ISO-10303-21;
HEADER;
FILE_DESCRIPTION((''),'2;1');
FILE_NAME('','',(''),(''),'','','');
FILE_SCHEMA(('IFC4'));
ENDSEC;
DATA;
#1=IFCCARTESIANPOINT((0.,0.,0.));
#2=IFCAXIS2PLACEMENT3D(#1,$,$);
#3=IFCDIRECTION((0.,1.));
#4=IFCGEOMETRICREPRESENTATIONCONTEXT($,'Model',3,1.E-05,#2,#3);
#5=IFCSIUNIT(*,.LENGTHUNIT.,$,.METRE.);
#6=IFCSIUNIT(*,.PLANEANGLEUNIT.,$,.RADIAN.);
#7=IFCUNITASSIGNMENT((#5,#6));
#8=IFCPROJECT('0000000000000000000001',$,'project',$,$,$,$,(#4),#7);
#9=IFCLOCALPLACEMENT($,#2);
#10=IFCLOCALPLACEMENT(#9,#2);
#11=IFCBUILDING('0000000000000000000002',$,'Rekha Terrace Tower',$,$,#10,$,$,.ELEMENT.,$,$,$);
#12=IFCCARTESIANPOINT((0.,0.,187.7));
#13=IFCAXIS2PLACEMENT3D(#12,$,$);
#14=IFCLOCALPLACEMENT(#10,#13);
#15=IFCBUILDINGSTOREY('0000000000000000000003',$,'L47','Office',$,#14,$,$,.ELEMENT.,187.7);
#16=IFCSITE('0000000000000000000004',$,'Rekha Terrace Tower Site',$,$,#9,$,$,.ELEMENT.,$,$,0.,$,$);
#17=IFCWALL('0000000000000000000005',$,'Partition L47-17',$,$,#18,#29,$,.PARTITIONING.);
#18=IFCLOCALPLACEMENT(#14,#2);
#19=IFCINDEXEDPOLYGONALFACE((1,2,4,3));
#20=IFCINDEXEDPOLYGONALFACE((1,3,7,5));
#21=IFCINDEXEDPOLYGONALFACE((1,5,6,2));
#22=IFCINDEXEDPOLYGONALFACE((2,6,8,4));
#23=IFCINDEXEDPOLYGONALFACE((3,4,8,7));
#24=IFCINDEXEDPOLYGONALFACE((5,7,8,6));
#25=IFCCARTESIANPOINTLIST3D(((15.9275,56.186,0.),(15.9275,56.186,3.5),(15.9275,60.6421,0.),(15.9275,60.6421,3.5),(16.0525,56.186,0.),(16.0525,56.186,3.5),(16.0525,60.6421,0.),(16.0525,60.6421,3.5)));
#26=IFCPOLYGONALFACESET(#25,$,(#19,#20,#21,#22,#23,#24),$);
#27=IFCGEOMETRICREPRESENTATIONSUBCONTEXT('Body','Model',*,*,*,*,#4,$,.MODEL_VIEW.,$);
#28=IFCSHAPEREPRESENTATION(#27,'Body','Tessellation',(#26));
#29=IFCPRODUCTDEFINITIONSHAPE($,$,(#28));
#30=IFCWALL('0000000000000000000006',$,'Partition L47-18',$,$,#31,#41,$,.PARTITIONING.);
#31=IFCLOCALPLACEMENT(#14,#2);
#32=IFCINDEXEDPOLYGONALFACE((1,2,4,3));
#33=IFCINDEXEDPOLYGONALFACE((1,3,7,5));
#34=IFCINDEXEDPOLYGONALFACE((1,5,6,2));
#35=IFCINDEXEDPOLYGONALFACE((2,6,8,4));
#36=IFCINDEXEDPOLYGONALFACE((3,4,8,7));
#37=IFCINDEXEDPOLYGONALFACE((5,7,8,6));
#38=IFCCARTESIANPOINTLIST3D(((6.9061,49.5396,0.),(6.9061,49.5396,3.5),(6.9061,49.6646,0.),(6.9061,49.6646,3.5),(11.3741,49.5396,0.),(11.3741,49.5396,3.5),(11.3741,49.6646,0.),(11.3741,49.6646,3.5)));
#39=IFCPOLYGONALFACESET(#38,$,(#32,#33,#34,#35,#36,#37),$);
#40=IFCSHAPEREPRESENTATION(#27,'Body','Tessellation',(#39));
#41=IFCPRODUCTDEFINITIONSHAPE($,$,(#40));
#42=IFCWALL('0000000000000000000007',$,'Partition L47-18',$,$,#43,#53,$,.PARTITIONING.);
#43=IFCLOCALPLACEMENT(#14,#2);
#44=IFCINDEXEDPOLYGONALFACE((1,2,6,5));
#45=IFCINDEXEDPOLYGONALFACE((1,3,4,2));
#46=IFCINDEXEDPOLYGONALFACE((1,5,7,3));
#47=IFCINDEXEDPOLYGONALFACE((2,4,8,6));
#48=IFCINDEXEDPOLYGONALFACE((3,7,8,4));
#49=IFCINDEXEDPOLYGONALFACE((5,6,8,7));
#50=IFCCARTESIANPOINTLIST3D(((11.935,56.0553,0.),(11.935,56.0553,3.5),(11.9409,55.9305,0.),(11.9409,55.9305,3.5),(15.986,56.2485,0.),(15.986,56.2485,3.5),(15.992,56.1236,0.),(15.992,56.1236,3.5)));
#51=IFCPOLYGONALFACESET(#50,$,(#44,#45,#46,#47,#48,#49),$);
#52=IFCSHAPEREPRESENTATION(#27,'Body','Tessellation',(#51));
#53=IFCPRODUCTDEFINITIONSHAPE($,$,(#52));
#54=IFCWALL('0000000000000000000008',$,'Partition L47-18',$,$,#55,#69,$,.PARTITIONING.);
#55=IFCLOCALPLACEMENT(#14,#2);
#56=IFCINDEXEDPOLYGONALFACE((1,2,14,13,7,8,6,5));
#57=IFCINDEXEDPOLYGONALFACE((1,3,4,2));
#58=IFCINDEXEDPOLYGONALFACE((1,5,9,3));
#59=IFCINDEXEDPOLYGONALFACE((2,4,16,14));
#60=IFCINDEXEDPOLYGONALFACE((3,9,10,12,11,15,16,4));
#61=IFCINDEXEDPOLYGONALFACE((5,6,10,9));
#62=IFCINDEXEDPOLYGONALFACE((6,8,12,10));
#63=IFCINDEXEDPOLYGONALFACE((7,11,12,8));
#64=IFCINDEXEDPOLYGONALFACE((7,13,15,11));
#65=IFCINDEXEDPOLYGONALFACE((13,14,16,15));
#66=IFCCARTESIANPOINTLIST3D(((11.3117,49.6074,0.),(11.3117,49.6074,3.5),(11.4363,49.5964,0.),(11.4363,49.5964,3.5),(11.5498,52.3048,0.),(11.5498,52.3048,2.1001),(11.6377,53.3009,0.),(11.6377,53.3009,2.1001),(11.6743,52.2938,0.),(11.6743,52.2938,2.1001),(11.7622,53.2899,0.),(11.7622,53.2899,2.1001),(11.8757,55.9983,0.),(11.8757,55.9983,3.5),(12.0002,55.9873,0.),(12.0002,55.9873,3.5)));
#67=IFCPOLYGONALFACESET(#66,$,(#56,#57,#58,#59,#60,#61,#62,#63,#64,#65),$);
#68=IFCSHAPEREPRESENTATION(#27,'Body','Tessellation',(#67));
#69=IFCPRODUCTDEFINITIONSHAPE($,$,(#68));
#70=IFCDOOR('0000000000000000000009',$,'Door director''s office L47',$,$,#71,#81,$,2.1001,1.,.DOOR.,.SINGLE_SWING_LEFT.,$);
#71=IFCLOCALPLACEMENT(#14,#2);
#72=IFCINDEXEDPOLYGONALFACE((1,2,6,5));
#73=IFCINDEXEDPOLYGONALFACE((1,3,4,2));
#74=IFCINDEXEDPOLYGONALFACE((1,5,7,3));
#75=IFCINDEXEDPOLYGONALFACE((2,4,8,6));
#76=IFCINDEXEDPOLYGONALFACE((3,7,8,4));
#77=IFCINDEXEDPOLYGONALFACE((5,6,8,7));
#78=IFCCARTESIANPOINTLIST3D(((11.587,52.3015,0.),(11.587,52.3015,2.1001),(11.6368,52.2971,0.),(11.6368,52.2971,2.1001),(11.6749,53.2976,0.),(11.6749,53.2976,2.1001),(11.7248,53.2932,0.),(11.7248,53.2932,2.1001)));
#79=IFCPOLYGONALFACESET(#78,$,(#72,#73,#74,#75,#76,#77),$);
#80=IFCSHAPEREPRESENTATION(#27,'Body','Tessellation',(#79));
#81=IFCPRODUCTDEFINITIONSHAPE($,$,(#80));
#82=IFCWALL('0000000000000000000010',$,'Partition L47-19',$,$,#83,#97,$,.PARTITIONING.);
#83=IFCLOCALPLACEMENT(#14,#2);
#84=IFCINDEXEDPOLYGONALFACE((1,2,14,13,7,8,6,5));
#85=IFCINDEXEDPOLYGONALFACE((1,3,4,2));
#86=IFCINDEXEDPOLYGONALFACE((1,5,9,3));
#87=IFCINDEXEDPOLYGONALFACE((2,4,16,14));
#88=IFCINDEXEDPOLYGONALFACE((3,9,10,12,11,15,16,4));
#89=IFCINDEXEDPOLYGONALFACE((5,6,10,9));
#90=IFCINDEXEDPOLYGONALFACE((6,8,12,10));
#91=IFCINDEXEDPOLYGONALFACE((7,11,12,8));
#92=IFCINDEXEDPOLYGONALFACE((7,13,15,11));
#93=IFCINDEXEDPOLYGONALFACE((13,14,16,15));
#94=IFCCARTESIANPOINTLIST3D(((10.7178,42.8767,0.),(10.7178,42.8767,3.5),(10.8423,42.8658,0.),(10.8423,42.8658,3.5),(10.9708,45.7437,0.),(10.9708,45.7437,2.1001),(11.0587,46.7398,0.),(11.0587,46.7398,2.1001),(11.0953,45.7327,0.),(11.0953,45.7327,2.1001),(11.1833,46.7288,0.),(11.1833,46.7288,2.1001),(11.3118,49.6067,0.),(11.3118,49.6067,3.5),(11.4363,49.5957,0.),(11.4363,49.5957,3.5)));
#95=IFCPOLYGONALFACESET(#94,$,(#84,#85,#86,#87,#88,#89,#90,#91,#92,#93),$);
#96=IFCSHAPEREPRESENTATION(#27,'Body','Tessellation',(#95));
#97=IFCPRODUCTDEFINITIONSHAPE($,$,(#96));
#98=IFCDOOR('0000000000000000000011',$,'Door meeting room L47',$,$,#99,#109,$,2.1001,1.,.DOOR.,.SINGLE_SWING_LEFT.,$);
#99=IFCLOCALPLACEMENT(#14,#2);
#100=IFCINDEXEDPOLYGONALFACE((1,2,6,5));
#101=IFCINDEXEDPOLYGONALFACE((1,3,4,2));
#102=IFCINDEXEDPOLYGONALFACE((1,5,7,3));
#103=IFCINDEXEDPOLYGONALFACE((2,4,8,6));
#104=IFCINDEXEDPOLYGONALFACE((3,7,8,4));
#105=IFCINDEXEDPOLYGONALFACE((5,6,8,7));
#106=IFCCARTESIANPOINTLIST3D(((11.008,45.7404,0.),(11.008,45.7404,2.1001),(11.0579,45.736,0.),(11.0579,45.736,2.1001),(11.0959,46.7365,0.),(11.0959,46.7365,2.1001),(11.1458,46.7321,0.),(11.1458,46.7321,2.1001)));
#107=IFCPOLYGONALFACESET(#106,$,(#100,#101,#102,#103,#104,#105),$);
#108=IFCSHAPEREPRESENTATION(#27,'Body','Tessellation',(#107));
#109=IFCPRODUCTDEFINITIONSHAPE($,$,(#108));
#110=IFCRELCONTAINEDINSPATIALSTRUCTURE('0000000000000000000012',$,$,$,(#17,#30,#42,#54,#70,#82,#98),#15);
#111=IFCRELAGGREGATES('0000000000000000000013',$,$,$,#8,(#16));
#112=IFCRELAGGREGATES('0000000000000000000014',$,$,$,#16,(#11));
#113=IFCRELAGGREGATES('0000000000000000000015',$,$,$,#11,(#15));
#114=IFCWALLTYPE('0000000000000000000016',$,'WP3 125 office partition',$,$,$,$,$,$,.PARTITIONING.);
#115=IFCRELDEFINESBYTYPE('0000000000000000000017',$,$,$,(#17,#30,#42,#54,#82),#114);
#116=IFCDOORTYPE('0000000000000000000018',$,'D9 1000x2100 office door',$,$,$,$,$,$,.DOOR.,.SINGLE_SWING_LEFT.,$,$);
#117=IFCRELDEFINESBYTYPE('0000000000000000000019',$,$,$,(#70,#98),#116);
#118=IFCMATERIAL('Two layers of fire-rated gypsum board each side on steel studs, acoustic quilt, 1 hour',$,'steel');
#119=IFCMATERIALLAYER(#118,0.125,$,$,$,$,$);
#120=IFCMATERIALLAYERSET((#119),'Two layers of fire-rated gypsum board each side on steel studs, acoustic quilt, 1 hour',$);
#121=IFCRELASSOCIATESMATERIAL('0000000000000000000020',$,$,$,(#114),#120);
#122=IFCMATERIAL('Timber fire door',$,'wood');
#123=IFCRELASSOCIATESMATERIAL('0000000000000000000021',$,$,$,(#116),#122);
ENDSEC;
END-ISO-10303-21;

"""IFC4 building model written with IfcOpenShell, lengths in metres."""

from ifc_helpers import new_model, si_unit, direction, frame, frame_2d, origin, place, context, subcontext, project, spatial, rectangle, extrude, material, layer, layer_set, type_object, element, fill, save


model = new_model("IFC4")

# Units and contexts
model_context = context("Model", 3, precision=1e-05, world=origin(), true_north=direction((0.0, 1.0)))
body_context = subcontext(model_context, "Body", "Model", "MODEL_VIEW")
ifc_project = project(units=[si_unit("LENGTHUNIT", "METRE"), si_unit("PLANEANGLEUNIT", "RADIAN")], contexts=[model_context])

# Site, building, storey
site_placement = place(None, origin())
site = spatial("IfcSite", under=ifc_project, at=site_placement, Name="Rekha Terrace Tower Site", CompositionType="ELEMENT", RefElevation=0.0)
building_placement = place(site_placement, origin())
building = spatial("IfcBuilding", under=site, at=building_placement, Name="Rekha Terrace Tower", CompositionType="ELEMENT")
storey_placement = place(building_placement, frame((0.0, 0.0, 187.7)))
storey = spatial("IfcBuildingStorey", under=building, at=storey_placement, Name="L47", Description="Office", CompositionType="ELEMENT", Elevation=187.7)

# Walls
ifc_material_1 = material(Name="Two layers of fire-rated gypsum board each side on steel studs, acoustic quilt, 1 hour", Category="steel")
ifc_layer_1 = layer(ifc_material_1, 0.125)
ifc_layer_set_1 = layer_set([ifc_layer_1], Name="Two layers of fire-rated gypsum board each side on steel studs, acoustic quilt, 1 hour")
wall_type = type_object("IfcWallType", Name="WP3 125 office partition", PredefinedType="PARTITIONING", material=ifc_layer_set_1)
wall_1_placement = place(storey_placement, frame((15.99, 56.186, 0.0), z_axis=(0.0, 0.0, 1.0), x_axis=(0.0, 1.0, 0.0)))
element("IfcWall", 1, at=wall_1_placement, inside=storey, type_object=wall_type, Name="Partition L47-17", PredefinedType="PARTITIONING", context=body_context, shape_type="SweptSolid", body=[
    extrude(rectangle(XDim=4.4561, YDim=0.125, at=frame_2d((2.228, 0.0))), origin(), (0.0, 0.0, 1.0), 3.5),
])
wall_2_placement = place(storey_placement, frame((11.374, 49.6021, 0.0), z_axis=(0.0, 0.0, 1.0), x_axis=(-1.0, 0.0, 0.0)))
element("IfcWall", 2, at=wall_2_placement, inside=storey, type_object=wall_type, Name="Partition L47-18", PredefinedType="PARTITIONING", context=body_context, shape_type="SweptSolid", body=[
    extrude(rectangle(XDim=4.468, YDim=0.125, at=frame_2d((2.2339, 0.0))), origin(), (0.0, 0.0, 1.0), 3.5),
])
wall_3_placement = place(storey_placement, frame((15.989, 56.186, 0.0), z_axis=(0.0, 0.0, 1.0), x_axis=(-0.998866, -0.047617, 0.0)))
element("IfcWall", 3, at=wall_3_placement, inside=storey, type_object=wall_type, Name="Partition L47-18", PredefinedType="PARTITIONING", context=body_context, shape_type="SweptSolid", body=[
    extrude(rectangle(XDim=4.0557, YDim=0.125, at=frame_2d((2.0278, 0.0))), origin(), (0.0, 0.0, 1.0), 3.5),
])

# Walls, openings, doors
wall_4_placement = place(storey_placement, frame((11.938, 55.9929, 0.0), z_axis=(0.0, 0.0, 1.0), x_axis=(-0.087904, -0.996129, 0.0)))
wall_4 = element("IfcWall", 4, at=wall_4_placement, inside=storey, type_object=wall_type, Name="Partition L47-18", PredefinedType="PARTITIONING", context=body_context, shape_type="SweptSolid", body=[
    extrude(rectangle(XDim=6.4158, YDim=0.125, at=frame_2d((3.208, 0.0))), origin(), (0.0, 0.0, 1.0), 3.5),
])
opening_1_placement = place(wall_4_placement, frame((2.708, 0.0, 0.0)))
opening_1 = element("IfcOpeningElement", 5, at=opening_1_placement, cuts=wall_4, PredefinedType="OPENING", context=body_context, shape_type="SweptSolid", body=[
    extrude(rectangle(XDim=1.0, YDim=2.1001, at=frame_2d((0.5, 1.05))), frame((0.0, 0.0725, 0.0), z_axis=(0.0, -1.0, 0.0), x_axis=(1.0, 0.0, 0.0)), (0.0, 0.0, 1.0), 0.145),
])
ifc_material_2 = material(Name="Timber fire door", Category="wood")
door_type = type_object("IfcDoorType", Name="D9 1000x2100 office door", OperationType="SINGLE_SWING_LEFT", PredefinedType="DOOR", material=ifc_material_2)
door_1_placement = place(opening_1_placement, origin())
door_1 = element("IfcDoor", 6, at=door_1_placement, inside=storey, type_object=door_type, Name="Door director's office L47", OperationType="SINGLE_SWING_LEFT", OverallHeight=2.1001, OverallWidth=1.0, PredefinedType="DOOR", context=body_context, shape_type="SweptSolid", body=[
    extrude(rectangle(XDim=1.0, YDim=2.1001, at=frame_2d((0.5, 1.05))), frame((0.0, 0.0249, 0.0), z_axis=(0.0, -1.0, 0.0), x_axis=(1.0, 0.0, 0.0)), (0.0, 0.0, 1.0), 0.05),
])
fill(opening_1, door_1)
wall_5_placement = place(storey_placement, frame((11.374, 49.6011, 0.0), z_axis=(0.0, 0.0, 1.0), x_axis=(-0.087919, -0.996128, 0.0)))
wall_5 = element("IfcWall", 7, at=wall_5_placement, inside=storey, type_object=wall_type, Name="Partition L47-19", PredefinedType="PARTITIONING", context=body_context, shape_type="SweptSolid", body=[
    extrude(rectangle(XDim=6.7561, YDim=0.125, at=frame_2d((3.3779, 0.0))), origin(), (0.0, 0.0, 1.0), 3.5),
])
opening_2_placement = place(wall_5_placement, frame((2.8779, 0.0, 0.0)))
opening_2 = element("IfcOpeningElement", 8, at=opening_2_placement, cuts=wall_5, PredefinedType="OPENING", context=body_context, shape_type="SweptSolid", body=[
    extrude(rectangle(XDim=1.0, YDim=2.1001, at=frame_2d((0.5, 1.05))), frame((0.0, 0.0725, 0.0), z_axis=(0.0, -1.0, 0.0), x_axis=(1.0, 0.0, 0.0)), (0.0, 0.0, 1.0), 0.145),
])
door_2_placement = place(opening_2_placement, origin())
door_2 = element("IfcDoor", 9, at=door_2_placement, inside=storey, type_object=door_type, Name="Door meeting room L47", OperationType="SINGLE_SWING_LEFT", OverallHeight=2.1001, OverallWidth=1.0, PredefinedType="DOOR", context=body_context, shape_type="SweptSolid", body=[
    extrude(rectangle(XDim=1.0, YDim=2.1001, at=frame_2d((0.5, 1.05))), frame((0.0, 0.0249, 0.0), z_axis=(0.0, -1.0, 0.0), x_axis=(1.0, 0.0, 0.0)), (0.0, 0.0, 1.0), 0.05),
])
fill(opening_2, door_2)

save(model, "model.ifc")
